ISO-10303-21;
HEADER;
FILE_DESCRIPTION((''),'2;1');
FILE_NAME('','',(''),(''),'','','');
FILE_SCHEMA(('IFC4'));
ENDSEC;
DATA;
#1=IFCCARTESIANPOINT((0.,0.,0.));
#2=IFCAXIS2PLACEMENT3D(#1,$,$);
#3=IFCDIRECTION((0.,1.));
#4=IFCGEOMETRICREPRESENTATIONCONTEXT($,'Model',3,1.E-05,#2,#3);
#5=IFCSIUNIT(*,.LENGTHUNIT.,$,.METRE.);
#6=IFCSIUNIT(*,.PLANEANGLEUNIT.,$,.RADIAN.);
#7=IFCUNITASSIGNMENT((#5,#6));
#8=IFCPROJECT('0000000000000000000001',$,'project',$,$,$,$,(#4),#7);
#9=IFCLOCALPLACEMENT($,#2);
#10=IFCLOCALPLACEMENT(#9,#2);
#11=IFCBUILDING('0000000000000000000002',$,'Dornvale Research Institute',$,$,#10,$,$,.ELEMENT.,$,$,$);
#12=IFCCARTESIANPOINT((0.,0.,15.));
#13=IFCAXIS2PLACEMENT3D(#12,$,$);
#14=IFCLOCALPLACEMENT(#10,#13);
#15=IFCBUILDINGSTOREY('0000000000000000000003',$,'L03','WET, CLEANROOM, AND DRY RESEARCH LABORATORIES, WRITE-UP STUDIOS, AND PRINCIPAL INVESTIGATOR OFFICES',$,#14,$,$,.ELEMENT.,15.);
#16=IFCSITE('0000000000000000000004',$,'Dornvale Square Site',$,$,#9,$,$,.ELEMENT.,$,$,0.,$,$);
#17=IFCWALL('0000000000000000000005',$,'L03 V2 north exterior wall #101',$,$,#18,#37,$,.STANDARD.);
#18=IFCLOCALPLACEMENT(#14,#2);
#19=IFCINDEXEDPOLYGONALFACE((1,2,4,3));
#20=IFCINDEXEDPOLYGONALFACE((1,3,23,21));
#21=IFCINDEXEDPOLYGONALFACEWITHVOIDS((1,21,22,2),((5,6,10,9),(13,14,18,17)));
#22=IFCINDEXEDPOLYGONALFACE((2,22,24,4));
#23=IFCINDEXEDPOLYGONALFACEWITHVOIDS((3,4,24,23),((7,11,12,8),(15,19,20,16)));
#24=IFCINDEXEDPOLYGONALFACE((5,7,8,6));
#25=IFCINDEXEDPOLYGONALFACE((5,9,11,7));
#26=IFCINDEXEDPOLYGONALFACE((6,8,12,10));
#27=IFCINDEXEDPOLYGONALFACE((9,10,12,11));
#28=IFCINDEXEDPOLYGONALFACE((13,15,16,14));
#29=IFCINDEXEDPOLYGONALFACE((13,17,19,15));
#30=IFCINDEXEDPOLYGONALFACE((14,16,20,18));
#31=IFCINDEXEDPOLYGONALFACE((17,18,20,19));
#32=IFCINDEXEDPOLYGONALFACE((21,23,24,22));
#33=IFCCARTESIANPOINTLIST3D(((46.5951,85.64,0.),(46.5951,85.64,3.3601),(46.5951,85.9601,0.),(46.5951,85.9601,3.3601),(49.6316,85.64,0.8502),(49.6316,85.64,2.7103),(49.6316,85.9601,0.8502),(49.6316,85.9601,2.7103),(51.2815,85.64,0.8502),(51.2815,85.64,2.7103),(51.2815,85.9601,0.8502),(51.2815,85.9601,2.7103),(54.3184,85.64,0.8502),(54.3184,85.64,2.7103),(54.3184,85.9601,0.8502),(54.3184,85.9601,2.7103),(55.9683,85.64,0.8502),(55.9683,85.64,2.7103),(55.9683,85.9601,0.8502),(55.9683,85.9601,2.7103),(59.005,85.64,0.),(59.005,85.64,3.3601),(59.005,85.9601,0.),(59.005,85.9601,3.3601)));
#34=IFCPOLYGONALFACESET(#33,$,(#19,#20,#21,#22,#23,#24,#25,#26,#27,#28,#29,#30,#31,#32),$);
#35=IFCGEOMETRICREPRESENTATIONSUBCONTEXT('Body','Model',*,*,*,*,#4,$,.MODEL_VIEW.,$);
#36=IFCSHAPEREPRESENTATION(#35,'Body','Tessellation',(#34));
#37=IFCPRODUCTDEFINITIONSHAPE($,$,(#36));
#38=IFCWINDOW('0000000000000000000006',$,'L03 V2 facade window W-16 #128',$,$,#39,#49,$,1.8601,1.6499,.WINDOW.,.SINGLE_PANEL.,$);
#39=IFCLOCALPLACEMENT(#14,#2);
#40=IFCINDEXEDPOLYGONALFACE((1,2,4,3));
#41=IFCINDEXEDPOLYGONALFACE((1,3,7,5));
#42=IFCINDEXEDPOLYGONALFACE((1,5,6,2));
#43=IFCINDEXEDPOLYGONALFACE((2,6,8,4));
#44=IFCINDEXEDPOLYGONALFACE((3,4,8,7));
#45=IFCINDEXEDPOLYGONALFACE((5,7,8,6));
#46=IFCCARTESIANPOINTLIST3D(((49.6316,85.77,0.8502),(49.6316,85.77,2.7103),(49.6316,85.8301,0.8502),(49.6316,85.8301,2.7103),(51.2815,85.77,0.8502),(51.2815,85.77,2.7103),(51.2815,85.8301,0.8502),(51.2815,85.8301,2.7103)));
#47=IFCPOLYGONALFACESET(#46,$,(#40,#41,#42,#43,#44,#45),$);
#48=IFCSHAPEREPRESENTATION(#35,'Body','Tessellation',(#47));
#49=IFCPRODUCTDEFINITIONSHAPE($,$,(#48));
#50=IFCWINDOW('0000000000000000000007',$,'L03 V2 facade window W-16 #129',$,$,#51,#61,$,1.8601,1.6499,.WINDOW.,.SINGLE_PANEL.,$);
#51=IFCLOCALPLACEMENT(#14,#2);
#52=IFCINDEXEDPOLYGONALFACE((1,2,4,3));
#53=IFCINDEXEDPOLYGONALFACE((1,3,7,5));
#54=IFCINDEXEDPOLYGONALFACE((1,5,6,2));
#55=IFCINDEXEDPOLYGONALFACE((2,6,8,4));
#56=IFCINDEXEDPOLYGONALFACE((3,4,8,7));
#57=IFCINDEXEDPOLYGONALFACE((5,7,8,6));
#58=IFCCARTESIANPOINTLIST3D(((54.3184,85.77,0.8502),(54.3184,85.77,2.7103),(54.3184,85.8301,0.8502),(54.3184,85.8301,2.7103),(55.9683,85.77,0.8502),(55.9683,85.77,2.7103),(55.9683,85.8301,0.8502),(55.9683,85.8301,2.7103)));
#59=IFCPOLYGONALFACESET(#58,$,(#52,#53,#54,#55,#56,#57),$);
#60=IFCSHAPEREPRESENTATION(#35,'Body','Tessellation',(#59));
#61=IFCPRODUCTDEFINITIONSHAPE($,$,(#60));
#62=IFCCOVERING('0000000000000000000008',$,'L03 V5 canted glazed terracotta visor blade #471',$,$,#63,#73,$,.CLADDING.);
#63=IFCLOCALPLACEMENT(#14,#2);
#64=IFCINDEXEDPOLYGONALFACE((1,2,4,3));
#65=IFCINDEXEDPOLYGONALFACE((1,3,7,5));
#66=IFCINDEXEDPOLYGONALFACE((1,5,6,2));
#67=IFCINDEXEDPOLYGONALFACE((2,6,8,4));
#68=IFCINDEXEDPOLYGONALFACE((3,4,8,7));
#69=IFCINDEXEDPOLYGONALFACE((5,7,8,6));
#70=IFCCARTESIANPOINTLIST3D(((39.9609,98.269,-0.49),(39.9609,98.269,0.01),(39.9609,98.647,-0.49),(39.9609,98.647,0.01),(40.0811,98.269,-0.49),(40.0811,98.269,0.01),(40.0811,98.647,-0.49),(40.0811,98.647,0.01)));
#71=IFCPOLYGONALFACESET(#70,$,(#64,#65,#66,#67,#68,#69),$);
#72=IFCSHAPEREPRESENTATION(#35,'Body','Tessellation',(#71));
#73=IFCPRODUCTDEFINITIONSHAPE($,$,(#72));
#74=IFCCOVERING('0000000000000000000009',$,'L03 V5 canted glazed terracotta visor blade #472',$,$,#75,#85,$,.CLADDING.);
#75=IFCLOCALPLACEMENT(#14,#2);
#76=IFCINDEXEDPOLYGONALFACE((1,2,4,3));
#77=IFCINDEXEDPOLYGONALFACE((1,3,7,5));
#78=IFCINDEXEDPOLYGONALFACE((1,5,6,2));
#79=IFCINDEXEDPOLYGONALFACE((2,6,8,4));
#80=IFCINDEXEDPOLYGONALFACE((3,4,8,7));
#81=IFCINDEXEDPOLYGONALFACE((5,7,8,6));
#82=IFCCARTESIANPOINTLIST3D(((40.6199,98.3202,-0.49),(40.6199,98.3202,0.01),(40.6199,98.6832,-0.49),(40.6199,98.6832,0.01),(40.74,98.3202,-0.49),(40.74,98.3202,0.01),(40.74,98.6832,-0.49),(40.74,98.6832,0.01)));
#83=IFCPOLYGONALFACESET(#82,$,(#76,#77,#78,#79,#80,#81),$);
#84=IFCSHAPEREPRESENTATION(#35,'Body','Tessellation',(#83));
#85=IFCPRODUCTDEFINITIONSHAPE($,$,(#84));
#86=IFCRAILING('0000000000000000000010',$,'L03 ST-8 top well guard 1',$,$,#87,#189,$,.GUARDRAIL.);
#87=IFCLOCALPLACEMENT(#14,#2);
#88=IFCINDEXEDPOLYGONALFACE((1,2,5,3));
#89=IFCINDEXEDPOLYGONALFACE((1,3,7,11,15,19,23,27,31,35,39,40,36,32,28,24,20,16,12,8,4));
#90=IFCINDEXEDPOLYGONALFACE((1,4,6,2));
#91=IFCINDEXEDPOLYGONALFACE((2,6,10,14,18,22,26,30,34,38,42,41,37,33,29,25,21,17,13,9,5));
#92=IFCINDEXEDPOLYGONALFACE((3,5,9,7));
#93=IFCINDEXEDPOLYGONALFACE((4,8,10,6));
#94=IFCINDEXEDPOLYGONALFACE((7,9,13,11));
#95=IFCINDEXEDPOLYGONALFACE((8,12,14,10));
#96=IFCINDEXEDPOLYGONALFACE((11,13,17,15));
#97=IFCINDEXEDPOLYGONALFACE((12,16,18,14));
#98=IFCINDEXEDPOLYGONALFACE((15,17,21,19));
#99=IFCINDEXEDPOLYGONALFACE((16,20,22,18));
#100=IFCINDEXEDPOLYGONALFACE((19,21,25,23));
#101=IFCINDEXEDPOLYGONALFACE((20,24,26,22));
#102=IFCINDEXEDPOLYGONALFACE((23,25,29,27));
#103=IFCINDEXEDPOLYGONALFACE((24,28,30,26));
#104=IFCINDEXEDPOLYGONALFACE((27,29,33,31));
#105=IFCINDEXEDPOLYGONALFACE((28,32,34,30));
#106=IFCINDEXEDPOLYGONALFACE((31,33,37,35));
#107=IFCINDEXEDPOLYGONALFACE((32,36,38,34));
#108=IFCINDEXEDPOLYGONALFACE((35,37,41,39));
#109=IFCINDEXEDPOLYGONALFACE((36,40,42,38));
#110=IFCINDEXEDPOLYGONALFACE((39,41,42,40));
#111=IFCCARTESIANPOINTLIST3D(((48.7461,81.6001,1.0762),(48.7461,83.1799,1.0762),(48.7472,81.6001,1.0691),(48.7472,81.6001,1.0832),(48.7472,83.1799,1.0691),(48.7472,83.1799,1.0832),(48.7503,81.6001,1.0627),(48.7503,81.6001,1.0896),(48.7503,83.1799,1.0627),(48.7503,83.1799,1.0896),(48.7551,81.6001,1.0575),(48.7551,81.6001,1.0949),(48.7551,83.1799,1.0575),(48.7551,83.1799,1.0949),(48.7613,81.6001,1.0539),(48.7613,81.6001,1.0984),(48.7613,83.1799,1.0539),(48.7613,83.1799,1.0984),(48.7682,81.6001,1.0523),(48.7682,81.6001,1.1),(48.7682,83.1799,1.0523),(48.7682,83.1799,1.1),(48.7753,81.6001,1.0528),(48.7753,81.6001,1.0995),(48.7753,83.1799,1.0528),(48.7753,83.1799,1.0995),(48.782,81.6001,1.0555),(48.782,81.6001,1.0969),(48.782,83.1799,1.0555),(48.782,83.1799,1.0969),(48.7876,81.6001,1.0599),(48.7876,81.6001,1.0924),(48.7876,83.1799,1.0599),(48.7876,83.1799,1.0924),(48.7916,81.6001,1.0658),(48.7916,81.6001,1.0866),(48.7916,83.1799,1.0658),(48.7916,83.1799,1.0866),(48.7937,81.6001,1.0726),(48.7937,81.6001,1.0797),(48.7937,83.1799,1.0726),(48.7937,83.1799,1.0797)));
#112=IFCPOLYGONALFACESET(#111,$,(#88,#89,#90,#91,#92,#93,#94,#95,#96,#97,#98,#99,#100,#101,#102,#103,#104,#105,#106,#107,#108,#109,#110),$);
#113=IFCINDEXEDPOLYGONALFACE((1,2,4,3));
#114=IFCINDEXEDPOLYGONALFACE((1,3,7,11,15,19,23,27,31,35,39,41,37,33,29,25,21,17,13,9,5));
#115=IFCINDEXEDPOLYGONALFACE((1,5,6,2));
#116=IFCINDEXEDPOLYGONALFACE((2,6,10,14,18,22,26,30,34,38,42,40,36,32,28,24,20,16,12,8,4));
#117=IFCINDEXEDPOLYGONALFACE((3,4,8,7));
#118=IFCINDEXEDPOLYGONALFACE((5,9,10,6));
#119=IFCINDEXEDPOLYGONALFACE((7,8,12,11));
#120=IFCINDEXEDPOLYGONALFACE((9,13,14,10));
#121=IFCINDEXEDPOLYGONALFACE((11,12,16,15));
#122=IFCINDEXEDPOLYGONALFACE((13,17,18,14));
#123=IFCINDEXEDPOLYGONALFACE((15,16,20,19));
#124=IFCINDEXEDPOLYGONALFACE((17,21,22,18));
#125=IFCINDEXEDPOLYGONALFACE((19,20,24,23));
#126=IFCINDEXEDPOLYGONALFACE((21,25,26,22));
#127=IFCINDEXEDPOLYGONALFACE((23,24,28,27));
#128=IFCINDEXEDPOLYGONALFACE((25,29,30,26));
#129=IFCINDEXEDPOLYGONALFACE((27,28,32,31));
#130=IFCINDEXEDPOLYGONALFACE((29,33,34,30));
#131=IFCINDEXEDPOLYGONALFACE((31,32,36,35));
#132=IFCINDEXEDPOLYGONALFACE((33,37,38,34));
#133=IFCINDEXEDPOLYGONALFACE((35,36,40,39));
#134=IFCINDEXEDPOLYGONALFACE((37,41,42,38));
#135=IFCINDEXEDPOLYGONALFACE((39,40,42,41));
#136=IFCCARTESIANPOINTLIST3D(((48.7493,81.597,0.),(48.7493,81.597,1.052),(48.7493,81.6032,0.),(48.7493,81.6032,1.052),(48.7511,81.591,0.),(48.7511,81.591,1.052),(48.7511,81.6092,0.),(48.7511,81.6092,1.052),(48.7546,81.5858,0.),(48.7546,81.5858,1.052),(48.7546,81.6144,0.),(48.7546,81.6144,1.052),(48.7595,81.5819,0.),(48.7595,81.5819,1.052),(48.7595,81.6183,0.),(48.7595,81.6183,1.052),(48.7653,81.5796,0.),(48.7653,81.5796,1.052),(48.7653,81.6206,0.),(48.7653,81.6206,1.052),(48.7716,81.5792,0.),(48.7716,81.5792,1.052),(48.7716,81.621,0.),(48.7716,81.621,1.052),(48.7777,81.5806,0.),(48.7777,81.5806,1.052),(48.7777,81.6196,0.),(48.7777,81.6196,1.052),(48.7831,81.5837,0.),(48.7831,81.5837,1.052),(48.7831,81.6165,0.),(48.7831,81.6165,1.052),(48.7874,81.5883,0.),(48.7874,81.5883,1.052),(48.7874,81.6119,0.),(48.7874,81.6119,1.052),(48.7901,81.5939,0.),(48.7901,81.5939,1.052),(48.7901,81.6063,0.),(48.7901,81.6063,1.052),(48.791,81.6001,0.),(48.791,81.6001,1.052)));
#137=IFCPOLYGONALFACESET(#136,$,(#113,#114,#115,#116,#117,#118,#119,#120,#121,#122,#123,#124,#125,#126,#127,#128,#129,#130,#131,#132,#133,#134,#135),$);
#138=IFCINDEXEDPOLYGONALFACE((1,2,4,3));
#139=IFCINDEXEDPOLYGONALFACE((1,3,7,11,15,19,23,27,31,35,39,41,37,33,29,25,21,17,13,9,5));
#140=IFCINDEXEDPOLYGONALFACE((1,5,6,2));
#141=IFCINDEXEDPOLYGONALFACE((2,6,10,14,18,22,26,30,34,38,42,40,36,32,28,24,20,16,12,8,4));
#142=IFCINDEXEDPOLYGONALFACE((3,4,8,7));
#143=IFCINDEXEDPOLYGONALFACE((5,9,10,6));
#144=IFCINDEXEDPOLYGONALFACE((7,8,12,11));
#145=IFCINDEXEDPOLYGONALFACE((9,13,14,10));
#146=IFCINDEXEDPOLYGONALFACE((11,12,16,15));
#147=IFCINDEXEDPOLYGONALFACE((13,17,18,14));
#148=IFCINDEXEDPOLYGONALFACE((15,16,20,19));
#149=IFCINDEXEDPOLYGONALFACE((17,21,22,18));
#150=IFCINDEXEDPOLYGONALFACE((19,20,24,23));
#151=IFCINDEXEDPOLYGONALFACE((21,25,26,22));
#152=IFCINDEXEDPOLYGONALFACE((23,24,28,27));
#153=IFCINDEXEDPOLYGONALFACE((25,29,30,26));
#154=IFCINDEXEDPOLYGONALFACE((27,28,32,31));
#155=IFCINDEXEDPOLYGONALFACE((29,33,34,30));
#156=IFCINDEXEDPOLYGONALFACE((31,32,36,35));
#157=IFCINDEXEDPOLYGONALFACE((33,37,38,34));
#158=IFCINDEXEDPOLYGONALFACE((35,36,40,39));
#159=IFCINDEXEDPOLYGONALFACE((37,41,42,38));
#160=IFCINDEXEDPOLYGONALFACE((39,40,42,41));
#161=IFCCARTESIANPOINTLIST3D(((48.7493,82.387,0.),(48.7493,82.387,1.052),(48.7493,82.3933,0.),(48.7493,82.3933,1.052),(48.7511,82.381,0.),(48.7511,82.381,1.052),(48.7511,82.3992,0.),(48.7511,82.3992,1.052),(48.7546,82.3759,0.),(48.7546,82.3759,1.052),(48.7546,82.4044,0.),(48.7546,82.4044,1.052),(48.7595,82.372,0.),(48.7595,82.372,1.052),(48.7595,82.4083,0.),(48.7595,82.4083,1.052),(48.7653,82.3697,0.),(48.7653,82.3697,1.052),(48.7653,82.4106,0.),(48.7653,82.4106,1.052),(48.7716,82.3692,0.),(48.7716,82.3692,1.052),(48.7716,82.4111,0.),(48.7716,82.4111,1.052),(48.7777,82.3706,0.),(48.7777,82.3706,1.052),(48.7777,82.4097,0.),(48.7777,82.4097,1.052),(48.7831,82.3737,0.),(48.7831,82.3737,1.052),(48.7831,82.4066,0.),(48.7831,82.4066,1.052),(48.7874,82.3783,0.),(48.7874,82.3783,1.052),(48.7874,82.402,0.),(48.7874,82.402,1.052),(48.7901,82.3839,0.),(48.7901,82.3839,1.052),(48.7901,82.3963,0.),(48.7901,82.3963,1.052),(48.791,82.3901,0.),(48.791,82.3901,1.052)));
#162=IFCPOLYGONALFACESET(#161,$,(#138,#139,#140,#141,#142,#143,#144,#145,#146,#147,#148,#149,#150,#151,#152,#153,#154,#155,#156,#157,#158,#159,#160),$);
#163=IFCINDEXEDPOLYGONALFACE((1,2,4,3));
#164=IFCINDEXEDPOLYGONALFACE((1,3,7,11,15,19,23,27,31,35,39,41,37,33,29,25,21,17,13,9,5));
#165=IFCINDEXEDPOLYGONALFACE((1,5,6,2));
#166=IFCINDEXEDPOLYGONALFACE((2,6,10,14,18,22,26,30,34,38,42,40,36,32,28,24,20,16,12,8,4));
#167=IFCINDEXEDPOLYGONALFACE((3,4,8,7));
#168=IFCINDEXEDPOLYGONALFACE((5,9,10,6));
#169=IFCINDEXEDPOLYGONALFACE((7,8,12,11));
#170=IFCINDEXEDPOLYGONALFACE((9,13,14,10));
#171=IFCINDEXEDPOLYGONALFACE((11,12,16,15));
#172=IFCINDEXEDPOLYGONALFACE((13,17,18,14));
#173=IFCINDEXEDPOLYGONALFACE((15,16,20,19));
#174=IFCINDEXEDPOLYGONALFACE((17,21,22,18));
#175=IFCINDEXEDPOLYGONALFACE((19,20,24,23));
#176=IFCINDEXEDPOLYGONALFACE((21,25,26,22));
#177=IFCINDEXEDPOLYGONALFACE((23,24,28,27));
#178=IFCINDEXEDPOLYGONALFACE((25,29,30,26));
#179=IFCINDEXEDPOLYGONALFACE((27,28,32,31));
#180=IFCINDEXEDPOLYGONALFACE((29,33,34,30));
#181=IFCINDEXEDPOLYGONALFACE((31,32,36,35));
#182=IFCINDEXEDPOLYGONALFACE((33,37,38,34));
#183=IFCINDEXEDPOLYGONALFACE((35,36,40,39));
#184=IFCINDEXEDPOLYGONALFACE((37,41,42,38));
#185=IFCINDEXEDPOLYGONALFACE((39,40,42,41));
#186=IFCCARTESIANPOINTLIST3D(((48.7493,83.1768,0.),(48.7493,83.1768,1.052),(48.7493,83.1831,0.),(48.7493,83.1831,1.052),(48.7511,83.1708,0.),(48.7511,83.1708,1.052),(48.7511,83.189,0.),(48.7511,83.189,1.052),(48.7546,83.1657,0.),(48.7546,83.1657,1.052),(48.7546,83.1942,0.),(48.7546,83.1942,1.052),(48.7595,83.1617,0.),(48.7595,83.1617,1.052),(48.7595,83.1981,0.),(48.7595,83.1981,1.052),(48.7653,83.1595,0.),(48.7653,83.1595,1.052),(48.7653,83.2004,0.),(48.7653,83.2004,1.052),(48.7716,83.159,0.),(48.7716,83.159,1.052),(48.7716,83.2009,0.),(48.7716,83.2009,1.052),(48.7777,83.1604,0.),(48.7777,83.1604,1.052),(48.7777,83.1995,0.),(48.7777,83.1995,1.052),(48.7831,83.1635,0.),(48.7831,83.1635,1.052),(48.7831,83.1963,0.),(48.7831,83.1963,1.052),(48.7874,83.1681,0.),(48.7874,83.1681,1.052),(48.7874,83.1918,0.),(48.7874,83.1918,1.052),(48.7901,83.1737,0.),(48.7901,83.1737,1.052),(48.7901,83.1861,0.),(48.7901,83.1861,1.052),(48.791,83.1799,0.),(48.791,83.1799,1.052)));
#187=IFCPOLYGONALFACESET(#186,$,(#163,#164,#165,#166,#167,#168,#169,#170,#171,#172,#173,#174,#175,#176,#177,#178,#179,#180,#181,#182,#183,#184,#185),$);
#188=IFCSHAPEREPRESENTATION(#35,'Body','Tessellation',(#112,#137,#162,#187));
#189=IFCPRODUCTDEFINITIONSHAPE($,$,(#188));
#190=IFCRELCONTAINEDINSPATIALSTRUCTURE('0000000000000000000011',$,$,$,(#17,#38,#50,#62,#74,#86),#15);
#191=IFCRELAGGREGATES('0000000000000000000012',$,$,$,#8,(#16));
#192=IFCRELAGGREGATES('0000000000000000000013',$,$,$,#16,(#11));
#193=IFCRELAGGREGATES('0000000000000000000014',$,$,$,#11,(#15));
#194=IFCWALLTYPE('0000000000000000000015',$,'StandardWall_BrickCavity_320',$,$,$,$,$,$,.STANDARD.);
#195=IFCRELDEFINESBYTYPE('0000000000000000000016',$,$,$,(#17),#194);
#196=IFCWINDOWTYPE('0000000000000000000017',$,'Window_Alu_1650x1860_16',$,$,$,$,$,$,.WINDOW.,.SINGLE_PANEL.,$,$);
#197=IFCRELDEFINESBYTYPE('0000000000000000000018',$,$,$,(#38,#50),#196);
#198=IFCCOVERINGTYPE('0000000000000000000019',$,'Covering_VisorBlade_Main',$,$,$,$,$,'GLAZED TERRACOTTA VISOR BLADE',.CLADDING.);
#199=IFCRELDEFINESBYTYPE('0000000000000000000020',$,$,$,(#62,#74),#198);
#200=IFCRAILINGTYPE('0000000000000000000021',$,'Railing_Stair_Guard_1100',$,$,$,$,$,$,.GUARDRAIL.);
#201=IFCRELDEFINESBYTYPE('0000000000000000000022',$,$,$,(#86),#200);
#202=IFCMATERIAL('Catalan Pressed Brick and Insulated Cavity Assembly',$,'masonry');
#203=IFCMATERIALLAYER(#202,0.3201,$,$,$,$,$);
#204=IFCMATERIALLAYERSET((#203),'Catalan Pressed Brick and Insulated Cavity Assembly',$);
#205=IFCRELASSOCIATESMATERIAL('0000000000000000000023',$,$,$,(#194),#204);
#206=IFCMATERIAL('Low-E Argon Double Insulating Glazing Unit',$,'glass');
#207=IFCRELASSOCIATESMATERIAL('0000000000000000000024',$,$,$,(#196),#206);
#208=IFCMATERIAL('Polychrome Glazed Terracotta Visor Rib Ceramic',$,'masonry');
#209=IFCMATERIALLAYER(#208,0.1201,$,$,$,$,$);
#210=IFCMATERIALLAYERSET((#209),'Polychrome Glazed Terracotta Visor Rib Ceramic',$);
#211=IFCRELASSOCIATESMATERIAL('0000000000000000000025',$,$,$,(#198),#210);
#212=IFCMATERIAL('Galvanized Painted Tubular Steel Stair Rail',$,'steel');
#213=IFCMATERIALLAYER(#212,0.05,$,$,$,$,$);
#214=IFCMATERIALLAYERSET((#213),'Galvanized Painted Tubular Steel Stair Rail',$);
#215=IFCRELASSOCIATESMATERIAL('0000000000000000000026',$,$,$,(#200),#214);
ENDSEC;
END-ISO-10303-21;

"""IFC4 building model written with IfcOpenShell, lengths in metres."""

from ifc_helpers import new_model, si_unit, direction, frame, frame_2d, origin, origin_2d, place, context, subcontext, project, spatial, rectangle, circle, extrude, material, layer, layer_set, type_object, element, fill, save


model = new_model("IFC4")

# Units and contexts
model_context = context("Model", 3, precision=1e-05, world=origin(), true_north=direction((0.0, 1.0)))
body_context = subcontext(model_context, "Body", "Model", "MODEL_VIEW")
ifc_project = project(units=[si_unit("LENGTHUNIT", "METRE"), si_unit("PLANEANGLEUNIT", "RADIAN")], contexts=[model_context])

# Site, building, storey
site_placement = place(None, origin())
site = spatial("IfcSite", under=ifc_project, at=site_placement, Name="Dornvale Square Site", CompositionType="ELEMENT", RefElevation=0.0)
building_placement = place(site_placement, origin())
building = spatial("IfcBuilding", under=site, at=building_placement, Name="Dornvale Research Institute", CompositionType="ELEMENT")
storey_placement = place(building_placement, frame((0.0, 0.0, 15.0)))
storey = spatial("IfcBuildingStorey", under=building, at=storey_placement, Name="L03", Description="WET, CLEANROOM, AND DRY RESEARCH LABORATORIES, WRITE-UP STUDIOS, AND PRINCIPAL INVESTIGATOR OFFICES", CompositionType="ELEMENT", Elevation=15.0)

# Wall, openings, windows
ifc_material_1 = material(Name="Catalan Pressed Brick and Insulated Cavity Assembly", Category="masonry")
ifc_layer_1 = layer(ifc_material_1, 0.3201)
ifc_layer_set_1 = layer_set([ifc_layer_1], Name="Catalan Pressed Brick and Insulated Cavity Assembly")
wall_type_1 = type_object("IfcWallType", Name="StandardWall_BrickCavity_320", PredefinedType="STANDARD", material=ifc_layer_set_1)
wall_1_placement = place(storey_placement, frame((46.595, 85.8, 0.0), z_axis=(0.0, 0.0, 1.0), x_axis=(1.0, 0.0, 0.0)))
wall_1 = element("IfcWall", 1, at=wall_1_placement, inside=storey, type_object=wall_type_1, Name="L03 V2 north exterior wall #101", PredefinedType="STANDARD", context=body_context, shape_type="SweptSolid", body=[
    extrude(rectangle(XDim=12.4099, YDim=0.3201, at=frame_2d((6.2051, 0.0))), origin(), (0.0, 0.0, 1.0), 3.3601),
])
opening_1_placement = place(wall_1_placement, frame((3.0366, 0.0, 0.8501)))
opening_1 = element("IfcOpeningElement", 2, at=opening_1_placement, cuts=wall_1, PredefinedType="OPENING", context=body_context, shape_type="SweptSolid", body=[
    extrude(rectangle(XDim=1.6499, YDim=1.8601, at=frame_2d((0.825, 0.9302))), frame((0.0, 0.175, 0.0), z_axis=(0.0, -1.0, 0.0), x_axis=(1.0, 0.0, 0.0)), (0.0, 0.0, 1.0), 0.3501),
])
opening_2_placement = place(wall_1_placement, frame((7.7234, 0.0, 0.8501)))
opening_2 = element("IfcOpeningElement", 3, at=opening_2_placement, cuts=wall_1, PredefinedType="OPENING", context=body_context, shape_type="SweptSolid", body=[
    extrude(rectangle(XDim=1.6499, YDim=1.8601, at=frame_2d((0.825, 0.9302))), frame((0.0, 0.175, 0.0), z_axis=(0.0, -1.0, 0.0), x_axis=(1.0, 0.0, 0.0)), (0.0, 0.0, 1.0), 0.3501),
])
ifc_material_2 = material(Name="Low-E Argon Double Insulating Glazing Unit", Category="glass")
window_type = type_object("IfcWindowType", Name="Window_Alu_1650x1860_16", PartitioningType="SINGLE_PANEL", PredefinedType="WINDOW", material=ifc_material_2)
window_1_placement = place(opening_1_placement, origin())
window_1 = element("IfcWindow", 4, at=window_1_placement, inside=storey, type_object=window_type, Name="L03 V2 facade window W-16 #128", OverallHeight=1.8601, OverallWidth=1.6499, PartitioningType="SINGLE_PANEL", PredefinedType="WINDOW", context=body_context, shape_type="SweptSolid", body=[
    extrude(rectangle(XDim=1.6499, YDim=1.8601, at=frame_2d((0.825, 0.9302))), frame((0.0, 0.03, 0.0), z_axis=(0.0, -1.0, 0.0), x_axis=(1.0, 0.0, 0.0)), (0.0, 0.0, 1.0), 0.0601),
])
fill(opening_1, window_1)
window_2_placement = place(opening_2_placement, origin())
window_2 = element("IfcWindow", 5, at=window_2_placement, inside=storey, type_object=window_type, Name="L03 V2 facade window W-16 #129", OverallHeight=1.8601, OverallWidth=1.6499, PartitioningType="SINGLE_PANEL", PredefinedType="WINDOW", context=body_context, shape_type="SweptSolid", body=[
    extrude(rectangle(XDim=1.6499, YDim=1.8601, at=frame_2d((0.825, 0.9302))), frame((0.0, 0.03, 0.0), z_axis=(0.0, -1.0, 0.0), x_axis=(1.0, 0.0, 0.0)), (0.0, 0.0, 1.0), 0.0601),
])
fill(opening_2, window_2)

# Coverings
ifc_material_3 = material(Name="Polychrome Glazed Terracotta Visor Rib Ceramic", Category="masonry")
ifc_layer_2 = layer(ifc_material_3, 0.1201)
ifc_layer_set_2 = layer_set([ifc_layer_2], Name="Polychrome Glazed Terracotta Visor Rib Ceramic")
covering_type = type_object("IfcCoveringType", Name="Covering_VisorBlade_Main", ElementType="GLAZED TERRACOTTA VISOR BLADE", PredefinedType="CLADDING", material=ifc_layer_set_2)
covering_1_placement = place(storey_placement, frame((40.021, 98.458, -0.49), z_axis=(0.0, 0.0, 1.0), x_axis=(0.0, 1.0, 0.0)))
element("IfcCovering", 6, at=covering_1_placement, inside=storey, type_object=covering_type, Name="L03 V5 canted glazed terracotta visor blade #471", PredefinedType="CLADDING", context=body_context, shape_type="SweptSolid", body=[
    extrude(rectangle(XDim=0.3779, YDim=0.1201, at=origin_2d()), origin(), (0.0, 0.0, 1.0), 0.5),
])
covering_2_placement = place(storey_placement, frame((40.6799, 98.5017, -0.49), z_axis=(0.0, 0.0, 1.0), x_axis=(0.0, 1.0, 0.0)))
element("IfcCovering", 7, at=covering_2_placement, inside=storey, type_object=covering_type, Name="L03 V5 canted glazed terracotta visor blade #472", PredefinedType="CLADDING", context=body_context, shape_type="SweptSolid", body=[
    extrude(rectangle(XDim=0.363, YDim=0.1201, at=origin_2d()), origin(), (0.0, 0.0, 1.0), 0.5),
])

# Railing
ifc_material_4 = material(Name="Galvanized Painted Tubular Steel Stair Rail", Category="steel")
ifc_layer_3 = layer(ifc_material_4, 0.05)
ifc_layer_set_3 = layer_set([ifc_layer_3], Name="Galvanized Painted Tubular Steel Stair Rail")
railing_type = type_object("IfcRailingType", Name="Railing_Stair_Guard_1100", PredefinedType="GUARDRAIL", material=ifc_layer_set_3)
railing_placement = place(storey_placement, frame((48.77, 81.6001, 0.0)))
element("IfcRailing", 8, at=railing_placement, inside=storey, type_object=railing_type, Name="L03 ST-8 top well guard 1", PredefinedType="GUARDRAIL", context=body_context, shape_type="SweptSolid", body=[
    extrude(circle(Radius=0.0239, at=origin_2d()), frame((0.0, 0.0, 1.0762), z_axis=(0.0, 1.0, 0.0), x_axis=(-1.0, 0.0, 0.0)), (0.0, 0.0, 1.0), 1.5798),
    extrude(circle(Radius=0.021, at=origin_2d()), origin(), (0.0, 0.0, 1.0), 1.052),
    extrude(circle(Radius=0.021, at=origin_2d()), frame((0.0, 0.79, 0.0)), (0.0, 0.0, 1.0), 1.052),
    extrude(circle(Radius=0.021, at=origin_2d()), frame((0.0, 1.5798, 0.0)), (0.0, 0.0, 1.0), 1.052),
])

save(model, "model.ifc")
